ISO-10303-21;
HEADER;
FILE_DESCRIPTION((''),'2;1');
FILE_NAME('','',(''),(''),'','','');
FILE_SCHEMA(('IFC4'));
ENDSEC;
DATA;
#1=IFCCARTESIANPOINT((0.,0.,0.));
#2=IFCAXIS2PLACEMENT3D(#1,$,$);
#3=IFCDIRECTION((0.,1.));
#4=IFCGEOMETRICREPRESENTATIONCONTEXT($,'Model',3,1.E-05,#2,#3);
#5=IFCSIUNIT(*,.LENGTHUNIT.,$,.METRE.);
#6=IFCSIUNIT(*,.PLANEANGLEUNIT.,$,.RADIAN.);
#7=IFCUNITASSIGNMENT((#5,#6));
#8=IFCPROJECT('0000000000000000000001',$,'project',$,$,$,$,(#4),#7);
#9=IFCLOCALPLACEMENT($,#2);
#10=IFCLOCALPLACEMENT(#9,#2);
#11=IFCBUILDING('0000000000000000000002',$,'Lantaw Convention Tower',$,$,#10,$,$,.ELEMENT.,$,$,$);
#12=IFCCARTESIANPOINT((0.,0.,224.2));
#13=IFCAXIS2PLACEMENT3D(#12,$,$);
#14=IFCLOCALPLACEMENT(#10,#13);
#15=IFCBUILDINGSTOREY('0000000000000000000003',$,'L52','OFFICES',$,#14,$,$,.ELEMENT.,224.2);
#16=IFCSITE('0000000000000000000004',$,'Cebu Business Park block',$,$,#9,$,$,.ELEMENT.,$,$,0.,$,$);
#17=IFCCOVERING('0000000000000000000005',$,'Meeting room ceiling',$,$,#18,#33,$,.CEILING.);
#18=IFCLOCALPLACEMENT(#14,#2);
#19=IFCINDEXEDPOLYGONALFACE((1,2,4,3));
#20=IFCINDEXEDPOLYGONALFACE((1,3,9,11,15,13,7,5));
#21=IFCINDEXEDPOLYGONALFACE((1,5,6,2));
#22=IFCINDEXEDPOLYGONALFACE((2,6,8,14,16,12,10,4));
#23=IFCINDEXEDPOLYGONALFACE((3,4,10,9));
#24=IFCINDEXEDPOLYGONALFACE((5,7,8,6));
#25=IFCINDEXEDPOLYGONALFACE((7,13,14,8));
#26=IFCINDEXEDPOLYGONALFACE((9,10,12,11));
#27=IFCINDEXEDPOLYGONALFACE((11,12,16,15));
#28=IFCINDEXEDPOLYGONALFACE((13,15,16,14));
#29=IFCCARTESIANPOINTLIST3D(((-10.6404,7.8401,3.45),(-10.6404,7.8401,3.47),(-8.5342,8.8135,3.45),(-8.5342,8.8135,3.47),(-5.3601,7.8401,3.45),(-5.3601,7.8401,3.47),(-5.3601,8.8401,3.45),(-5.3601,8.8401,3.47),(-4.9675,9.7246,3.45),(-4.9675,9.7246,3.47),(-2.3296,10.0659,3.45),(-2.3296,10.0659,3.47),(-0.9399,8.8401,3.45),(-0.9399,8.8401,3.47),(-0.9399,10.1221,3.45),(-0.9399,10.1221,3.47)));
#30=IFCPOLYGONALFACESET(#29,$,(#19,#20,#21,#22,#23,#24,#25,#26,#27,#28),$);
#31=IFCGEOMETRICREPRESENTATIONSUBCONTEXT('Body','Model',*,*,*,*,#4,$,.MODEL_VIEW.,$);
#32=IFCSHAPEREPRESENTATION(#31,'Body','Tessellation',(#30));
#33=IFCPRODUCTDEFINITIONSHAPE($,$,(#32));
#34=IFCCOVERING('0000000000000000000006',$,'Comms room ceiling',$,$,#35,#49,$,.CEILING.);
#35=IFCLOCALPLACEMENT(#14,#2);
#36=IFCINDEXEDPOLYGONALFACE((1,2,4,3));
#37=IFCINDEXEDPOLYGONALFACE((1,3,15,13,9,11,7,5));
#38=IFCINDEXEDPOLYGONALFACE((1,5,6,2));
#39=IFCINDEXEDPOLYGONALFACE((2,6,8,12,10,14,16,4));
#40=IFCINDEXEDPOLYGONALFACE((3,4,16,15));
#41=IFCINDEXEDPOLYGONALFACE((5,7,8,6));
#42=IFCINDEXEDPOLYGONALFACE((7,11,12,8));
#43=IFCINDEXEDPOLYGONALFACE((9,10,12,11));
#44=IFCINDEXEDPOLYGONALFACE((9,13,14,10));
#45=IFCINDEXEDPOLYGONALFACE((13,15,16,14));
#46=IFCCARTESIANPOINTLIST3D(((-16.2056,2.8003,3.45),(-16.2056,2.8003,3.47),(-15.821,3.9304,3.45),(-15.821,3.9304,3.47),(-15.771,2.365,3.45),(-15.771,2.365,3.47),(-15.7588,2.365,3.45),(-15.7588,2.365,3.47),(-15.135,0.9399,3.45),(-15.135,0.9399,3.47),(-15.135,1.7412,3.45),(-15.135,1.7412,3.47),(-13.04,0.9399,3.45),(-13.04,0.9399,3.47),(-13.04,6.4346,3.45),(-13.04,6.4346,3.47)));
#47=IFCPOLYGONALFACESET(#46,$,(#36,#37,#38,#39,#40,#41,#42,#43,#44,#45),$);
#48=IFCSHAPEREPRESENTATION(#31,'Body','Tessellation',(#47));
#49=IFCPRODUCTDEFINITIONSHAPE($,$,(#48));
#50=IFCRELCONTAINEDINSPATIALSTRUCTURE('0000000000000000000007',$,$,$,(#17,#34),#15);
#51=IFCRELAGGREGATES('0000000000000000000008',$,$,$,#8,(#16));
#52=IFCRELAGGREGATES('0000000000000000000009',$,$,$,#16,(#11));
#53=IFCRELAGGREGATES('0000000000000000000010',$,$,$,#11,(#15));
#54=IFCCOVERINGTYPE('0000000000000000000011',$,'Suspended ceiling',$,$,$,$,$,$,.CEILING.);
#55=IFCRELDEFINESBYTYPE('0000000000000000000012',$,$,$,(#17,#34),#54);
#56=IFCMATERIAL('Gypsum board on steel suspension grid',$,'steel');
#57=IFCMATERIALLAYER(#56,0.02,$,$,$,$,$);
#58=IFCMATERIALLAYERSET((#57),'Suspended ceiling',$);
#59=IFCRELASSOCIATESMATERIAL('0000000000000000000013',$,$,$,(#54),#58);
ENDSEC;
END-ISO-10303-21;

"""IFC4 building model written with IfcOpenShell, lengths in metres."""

from ifc_helpers import new_model, si_unit, direction, frame, origin, place, context, subcontext, project, spatial, polyline, outline, extrude, material, layer, layer_set, type_object, element, save


model = new_model("IFC4")

# Units and contexts
model_context = context("Model", 3, precision=1e-05, world=origin(), true_north=direction((0.0, 1.0)))
body_context = subcontext(model_context, "Body", "Model", "MODEL_VIEW")
ifc_project = project(units=[si_unit("LENGTHUNIT", "METRE"), si_unit("PLANEANGLEUNIT", "RADIAN")], contexts=[model_context])

# Site, building, storey
site_placement = place(None, origin())
site = spatial("IfcSite", under=ifc_project, at=site_placement, Name="Cebu Business Park block", CompositionType="ELEMENT", RefElevation=0.0)
building_placement = place(site_placement, origin())
building = spatial("IfcBuilding", under=site, at=building_placement, Name="Lantaw Convention Tower", CompositionType="ELEMENT")
storey_placement = place(building_placement, frame((0.0, 0.0, 224.2)))
storey = spatial("IfcBuildingStorey", under=building, at=storey_placement, Name="L52", Description="OFFICES", CompositionType="ELEMENT", Elevation=224.2)

# Coverings
ifc_material_1 = material(Name="Gypsum board on steel suspension grid", Category="steel")
ifc_layer_1 = layer(ifc_material_1, 0.02)
ifc_layer_set_1 = layer_set([ifc_layer_1], Name="Suspended ceiling")
covering_type = type_object("IfcCoveringType", Name="Suspended ceiling", PredefinedType="CEILING", material=ifc_layer_set_1)
covering_1_placement = place(storey_placement, frame((0.0, 0.0, 3.45)))
element("IfcCovering", 1, at=covering_1_placement, inside=storey, type_object=covering_type, Name="Meeting room ceiling", PredefinedType="CEILING", context=body_context, shape_type="SweptSolid", body=[
    extrude(outline(polyline([(-10.6404, 7.8401), (-5.3601, 7.8401), (-5.3601, 8.8401), (-0.9399, 8.8401), (-0.9399, 10.1221), (-2.3296, 10.0659), (-4.9675, 9.7246), (-8.5342, 8.8135), (-10.6404, 7.8401)])), origin(), (0.0, 0.0, 1.0), 0.02),
])
covering_2_placement = place(storey_placement, frame((0.0, 0.0, 3.45)))
element("IfcCovering", 2, at=covering_2_placement, inside=storey, type_object=covering_type, Name="Comms room ceiling", PredefinedType="CEILING", context=body_context, shape_type="SweptSolid", body=[
    extrude(outline(polyline([(-15.771, 2.365), (-15.7588, 2.365), (-15.135, 1.7412), (-15.135, 0.9399), (-13.04, 0.9399), (-13.04, 6.4346), (-15.821, 3.9304), (-16.2056, 2.8003), (-15.771, 2.365)])), origin(), (0.0, 0.0, 1.0), 0.02),
])

save(model, "model.ifc")
